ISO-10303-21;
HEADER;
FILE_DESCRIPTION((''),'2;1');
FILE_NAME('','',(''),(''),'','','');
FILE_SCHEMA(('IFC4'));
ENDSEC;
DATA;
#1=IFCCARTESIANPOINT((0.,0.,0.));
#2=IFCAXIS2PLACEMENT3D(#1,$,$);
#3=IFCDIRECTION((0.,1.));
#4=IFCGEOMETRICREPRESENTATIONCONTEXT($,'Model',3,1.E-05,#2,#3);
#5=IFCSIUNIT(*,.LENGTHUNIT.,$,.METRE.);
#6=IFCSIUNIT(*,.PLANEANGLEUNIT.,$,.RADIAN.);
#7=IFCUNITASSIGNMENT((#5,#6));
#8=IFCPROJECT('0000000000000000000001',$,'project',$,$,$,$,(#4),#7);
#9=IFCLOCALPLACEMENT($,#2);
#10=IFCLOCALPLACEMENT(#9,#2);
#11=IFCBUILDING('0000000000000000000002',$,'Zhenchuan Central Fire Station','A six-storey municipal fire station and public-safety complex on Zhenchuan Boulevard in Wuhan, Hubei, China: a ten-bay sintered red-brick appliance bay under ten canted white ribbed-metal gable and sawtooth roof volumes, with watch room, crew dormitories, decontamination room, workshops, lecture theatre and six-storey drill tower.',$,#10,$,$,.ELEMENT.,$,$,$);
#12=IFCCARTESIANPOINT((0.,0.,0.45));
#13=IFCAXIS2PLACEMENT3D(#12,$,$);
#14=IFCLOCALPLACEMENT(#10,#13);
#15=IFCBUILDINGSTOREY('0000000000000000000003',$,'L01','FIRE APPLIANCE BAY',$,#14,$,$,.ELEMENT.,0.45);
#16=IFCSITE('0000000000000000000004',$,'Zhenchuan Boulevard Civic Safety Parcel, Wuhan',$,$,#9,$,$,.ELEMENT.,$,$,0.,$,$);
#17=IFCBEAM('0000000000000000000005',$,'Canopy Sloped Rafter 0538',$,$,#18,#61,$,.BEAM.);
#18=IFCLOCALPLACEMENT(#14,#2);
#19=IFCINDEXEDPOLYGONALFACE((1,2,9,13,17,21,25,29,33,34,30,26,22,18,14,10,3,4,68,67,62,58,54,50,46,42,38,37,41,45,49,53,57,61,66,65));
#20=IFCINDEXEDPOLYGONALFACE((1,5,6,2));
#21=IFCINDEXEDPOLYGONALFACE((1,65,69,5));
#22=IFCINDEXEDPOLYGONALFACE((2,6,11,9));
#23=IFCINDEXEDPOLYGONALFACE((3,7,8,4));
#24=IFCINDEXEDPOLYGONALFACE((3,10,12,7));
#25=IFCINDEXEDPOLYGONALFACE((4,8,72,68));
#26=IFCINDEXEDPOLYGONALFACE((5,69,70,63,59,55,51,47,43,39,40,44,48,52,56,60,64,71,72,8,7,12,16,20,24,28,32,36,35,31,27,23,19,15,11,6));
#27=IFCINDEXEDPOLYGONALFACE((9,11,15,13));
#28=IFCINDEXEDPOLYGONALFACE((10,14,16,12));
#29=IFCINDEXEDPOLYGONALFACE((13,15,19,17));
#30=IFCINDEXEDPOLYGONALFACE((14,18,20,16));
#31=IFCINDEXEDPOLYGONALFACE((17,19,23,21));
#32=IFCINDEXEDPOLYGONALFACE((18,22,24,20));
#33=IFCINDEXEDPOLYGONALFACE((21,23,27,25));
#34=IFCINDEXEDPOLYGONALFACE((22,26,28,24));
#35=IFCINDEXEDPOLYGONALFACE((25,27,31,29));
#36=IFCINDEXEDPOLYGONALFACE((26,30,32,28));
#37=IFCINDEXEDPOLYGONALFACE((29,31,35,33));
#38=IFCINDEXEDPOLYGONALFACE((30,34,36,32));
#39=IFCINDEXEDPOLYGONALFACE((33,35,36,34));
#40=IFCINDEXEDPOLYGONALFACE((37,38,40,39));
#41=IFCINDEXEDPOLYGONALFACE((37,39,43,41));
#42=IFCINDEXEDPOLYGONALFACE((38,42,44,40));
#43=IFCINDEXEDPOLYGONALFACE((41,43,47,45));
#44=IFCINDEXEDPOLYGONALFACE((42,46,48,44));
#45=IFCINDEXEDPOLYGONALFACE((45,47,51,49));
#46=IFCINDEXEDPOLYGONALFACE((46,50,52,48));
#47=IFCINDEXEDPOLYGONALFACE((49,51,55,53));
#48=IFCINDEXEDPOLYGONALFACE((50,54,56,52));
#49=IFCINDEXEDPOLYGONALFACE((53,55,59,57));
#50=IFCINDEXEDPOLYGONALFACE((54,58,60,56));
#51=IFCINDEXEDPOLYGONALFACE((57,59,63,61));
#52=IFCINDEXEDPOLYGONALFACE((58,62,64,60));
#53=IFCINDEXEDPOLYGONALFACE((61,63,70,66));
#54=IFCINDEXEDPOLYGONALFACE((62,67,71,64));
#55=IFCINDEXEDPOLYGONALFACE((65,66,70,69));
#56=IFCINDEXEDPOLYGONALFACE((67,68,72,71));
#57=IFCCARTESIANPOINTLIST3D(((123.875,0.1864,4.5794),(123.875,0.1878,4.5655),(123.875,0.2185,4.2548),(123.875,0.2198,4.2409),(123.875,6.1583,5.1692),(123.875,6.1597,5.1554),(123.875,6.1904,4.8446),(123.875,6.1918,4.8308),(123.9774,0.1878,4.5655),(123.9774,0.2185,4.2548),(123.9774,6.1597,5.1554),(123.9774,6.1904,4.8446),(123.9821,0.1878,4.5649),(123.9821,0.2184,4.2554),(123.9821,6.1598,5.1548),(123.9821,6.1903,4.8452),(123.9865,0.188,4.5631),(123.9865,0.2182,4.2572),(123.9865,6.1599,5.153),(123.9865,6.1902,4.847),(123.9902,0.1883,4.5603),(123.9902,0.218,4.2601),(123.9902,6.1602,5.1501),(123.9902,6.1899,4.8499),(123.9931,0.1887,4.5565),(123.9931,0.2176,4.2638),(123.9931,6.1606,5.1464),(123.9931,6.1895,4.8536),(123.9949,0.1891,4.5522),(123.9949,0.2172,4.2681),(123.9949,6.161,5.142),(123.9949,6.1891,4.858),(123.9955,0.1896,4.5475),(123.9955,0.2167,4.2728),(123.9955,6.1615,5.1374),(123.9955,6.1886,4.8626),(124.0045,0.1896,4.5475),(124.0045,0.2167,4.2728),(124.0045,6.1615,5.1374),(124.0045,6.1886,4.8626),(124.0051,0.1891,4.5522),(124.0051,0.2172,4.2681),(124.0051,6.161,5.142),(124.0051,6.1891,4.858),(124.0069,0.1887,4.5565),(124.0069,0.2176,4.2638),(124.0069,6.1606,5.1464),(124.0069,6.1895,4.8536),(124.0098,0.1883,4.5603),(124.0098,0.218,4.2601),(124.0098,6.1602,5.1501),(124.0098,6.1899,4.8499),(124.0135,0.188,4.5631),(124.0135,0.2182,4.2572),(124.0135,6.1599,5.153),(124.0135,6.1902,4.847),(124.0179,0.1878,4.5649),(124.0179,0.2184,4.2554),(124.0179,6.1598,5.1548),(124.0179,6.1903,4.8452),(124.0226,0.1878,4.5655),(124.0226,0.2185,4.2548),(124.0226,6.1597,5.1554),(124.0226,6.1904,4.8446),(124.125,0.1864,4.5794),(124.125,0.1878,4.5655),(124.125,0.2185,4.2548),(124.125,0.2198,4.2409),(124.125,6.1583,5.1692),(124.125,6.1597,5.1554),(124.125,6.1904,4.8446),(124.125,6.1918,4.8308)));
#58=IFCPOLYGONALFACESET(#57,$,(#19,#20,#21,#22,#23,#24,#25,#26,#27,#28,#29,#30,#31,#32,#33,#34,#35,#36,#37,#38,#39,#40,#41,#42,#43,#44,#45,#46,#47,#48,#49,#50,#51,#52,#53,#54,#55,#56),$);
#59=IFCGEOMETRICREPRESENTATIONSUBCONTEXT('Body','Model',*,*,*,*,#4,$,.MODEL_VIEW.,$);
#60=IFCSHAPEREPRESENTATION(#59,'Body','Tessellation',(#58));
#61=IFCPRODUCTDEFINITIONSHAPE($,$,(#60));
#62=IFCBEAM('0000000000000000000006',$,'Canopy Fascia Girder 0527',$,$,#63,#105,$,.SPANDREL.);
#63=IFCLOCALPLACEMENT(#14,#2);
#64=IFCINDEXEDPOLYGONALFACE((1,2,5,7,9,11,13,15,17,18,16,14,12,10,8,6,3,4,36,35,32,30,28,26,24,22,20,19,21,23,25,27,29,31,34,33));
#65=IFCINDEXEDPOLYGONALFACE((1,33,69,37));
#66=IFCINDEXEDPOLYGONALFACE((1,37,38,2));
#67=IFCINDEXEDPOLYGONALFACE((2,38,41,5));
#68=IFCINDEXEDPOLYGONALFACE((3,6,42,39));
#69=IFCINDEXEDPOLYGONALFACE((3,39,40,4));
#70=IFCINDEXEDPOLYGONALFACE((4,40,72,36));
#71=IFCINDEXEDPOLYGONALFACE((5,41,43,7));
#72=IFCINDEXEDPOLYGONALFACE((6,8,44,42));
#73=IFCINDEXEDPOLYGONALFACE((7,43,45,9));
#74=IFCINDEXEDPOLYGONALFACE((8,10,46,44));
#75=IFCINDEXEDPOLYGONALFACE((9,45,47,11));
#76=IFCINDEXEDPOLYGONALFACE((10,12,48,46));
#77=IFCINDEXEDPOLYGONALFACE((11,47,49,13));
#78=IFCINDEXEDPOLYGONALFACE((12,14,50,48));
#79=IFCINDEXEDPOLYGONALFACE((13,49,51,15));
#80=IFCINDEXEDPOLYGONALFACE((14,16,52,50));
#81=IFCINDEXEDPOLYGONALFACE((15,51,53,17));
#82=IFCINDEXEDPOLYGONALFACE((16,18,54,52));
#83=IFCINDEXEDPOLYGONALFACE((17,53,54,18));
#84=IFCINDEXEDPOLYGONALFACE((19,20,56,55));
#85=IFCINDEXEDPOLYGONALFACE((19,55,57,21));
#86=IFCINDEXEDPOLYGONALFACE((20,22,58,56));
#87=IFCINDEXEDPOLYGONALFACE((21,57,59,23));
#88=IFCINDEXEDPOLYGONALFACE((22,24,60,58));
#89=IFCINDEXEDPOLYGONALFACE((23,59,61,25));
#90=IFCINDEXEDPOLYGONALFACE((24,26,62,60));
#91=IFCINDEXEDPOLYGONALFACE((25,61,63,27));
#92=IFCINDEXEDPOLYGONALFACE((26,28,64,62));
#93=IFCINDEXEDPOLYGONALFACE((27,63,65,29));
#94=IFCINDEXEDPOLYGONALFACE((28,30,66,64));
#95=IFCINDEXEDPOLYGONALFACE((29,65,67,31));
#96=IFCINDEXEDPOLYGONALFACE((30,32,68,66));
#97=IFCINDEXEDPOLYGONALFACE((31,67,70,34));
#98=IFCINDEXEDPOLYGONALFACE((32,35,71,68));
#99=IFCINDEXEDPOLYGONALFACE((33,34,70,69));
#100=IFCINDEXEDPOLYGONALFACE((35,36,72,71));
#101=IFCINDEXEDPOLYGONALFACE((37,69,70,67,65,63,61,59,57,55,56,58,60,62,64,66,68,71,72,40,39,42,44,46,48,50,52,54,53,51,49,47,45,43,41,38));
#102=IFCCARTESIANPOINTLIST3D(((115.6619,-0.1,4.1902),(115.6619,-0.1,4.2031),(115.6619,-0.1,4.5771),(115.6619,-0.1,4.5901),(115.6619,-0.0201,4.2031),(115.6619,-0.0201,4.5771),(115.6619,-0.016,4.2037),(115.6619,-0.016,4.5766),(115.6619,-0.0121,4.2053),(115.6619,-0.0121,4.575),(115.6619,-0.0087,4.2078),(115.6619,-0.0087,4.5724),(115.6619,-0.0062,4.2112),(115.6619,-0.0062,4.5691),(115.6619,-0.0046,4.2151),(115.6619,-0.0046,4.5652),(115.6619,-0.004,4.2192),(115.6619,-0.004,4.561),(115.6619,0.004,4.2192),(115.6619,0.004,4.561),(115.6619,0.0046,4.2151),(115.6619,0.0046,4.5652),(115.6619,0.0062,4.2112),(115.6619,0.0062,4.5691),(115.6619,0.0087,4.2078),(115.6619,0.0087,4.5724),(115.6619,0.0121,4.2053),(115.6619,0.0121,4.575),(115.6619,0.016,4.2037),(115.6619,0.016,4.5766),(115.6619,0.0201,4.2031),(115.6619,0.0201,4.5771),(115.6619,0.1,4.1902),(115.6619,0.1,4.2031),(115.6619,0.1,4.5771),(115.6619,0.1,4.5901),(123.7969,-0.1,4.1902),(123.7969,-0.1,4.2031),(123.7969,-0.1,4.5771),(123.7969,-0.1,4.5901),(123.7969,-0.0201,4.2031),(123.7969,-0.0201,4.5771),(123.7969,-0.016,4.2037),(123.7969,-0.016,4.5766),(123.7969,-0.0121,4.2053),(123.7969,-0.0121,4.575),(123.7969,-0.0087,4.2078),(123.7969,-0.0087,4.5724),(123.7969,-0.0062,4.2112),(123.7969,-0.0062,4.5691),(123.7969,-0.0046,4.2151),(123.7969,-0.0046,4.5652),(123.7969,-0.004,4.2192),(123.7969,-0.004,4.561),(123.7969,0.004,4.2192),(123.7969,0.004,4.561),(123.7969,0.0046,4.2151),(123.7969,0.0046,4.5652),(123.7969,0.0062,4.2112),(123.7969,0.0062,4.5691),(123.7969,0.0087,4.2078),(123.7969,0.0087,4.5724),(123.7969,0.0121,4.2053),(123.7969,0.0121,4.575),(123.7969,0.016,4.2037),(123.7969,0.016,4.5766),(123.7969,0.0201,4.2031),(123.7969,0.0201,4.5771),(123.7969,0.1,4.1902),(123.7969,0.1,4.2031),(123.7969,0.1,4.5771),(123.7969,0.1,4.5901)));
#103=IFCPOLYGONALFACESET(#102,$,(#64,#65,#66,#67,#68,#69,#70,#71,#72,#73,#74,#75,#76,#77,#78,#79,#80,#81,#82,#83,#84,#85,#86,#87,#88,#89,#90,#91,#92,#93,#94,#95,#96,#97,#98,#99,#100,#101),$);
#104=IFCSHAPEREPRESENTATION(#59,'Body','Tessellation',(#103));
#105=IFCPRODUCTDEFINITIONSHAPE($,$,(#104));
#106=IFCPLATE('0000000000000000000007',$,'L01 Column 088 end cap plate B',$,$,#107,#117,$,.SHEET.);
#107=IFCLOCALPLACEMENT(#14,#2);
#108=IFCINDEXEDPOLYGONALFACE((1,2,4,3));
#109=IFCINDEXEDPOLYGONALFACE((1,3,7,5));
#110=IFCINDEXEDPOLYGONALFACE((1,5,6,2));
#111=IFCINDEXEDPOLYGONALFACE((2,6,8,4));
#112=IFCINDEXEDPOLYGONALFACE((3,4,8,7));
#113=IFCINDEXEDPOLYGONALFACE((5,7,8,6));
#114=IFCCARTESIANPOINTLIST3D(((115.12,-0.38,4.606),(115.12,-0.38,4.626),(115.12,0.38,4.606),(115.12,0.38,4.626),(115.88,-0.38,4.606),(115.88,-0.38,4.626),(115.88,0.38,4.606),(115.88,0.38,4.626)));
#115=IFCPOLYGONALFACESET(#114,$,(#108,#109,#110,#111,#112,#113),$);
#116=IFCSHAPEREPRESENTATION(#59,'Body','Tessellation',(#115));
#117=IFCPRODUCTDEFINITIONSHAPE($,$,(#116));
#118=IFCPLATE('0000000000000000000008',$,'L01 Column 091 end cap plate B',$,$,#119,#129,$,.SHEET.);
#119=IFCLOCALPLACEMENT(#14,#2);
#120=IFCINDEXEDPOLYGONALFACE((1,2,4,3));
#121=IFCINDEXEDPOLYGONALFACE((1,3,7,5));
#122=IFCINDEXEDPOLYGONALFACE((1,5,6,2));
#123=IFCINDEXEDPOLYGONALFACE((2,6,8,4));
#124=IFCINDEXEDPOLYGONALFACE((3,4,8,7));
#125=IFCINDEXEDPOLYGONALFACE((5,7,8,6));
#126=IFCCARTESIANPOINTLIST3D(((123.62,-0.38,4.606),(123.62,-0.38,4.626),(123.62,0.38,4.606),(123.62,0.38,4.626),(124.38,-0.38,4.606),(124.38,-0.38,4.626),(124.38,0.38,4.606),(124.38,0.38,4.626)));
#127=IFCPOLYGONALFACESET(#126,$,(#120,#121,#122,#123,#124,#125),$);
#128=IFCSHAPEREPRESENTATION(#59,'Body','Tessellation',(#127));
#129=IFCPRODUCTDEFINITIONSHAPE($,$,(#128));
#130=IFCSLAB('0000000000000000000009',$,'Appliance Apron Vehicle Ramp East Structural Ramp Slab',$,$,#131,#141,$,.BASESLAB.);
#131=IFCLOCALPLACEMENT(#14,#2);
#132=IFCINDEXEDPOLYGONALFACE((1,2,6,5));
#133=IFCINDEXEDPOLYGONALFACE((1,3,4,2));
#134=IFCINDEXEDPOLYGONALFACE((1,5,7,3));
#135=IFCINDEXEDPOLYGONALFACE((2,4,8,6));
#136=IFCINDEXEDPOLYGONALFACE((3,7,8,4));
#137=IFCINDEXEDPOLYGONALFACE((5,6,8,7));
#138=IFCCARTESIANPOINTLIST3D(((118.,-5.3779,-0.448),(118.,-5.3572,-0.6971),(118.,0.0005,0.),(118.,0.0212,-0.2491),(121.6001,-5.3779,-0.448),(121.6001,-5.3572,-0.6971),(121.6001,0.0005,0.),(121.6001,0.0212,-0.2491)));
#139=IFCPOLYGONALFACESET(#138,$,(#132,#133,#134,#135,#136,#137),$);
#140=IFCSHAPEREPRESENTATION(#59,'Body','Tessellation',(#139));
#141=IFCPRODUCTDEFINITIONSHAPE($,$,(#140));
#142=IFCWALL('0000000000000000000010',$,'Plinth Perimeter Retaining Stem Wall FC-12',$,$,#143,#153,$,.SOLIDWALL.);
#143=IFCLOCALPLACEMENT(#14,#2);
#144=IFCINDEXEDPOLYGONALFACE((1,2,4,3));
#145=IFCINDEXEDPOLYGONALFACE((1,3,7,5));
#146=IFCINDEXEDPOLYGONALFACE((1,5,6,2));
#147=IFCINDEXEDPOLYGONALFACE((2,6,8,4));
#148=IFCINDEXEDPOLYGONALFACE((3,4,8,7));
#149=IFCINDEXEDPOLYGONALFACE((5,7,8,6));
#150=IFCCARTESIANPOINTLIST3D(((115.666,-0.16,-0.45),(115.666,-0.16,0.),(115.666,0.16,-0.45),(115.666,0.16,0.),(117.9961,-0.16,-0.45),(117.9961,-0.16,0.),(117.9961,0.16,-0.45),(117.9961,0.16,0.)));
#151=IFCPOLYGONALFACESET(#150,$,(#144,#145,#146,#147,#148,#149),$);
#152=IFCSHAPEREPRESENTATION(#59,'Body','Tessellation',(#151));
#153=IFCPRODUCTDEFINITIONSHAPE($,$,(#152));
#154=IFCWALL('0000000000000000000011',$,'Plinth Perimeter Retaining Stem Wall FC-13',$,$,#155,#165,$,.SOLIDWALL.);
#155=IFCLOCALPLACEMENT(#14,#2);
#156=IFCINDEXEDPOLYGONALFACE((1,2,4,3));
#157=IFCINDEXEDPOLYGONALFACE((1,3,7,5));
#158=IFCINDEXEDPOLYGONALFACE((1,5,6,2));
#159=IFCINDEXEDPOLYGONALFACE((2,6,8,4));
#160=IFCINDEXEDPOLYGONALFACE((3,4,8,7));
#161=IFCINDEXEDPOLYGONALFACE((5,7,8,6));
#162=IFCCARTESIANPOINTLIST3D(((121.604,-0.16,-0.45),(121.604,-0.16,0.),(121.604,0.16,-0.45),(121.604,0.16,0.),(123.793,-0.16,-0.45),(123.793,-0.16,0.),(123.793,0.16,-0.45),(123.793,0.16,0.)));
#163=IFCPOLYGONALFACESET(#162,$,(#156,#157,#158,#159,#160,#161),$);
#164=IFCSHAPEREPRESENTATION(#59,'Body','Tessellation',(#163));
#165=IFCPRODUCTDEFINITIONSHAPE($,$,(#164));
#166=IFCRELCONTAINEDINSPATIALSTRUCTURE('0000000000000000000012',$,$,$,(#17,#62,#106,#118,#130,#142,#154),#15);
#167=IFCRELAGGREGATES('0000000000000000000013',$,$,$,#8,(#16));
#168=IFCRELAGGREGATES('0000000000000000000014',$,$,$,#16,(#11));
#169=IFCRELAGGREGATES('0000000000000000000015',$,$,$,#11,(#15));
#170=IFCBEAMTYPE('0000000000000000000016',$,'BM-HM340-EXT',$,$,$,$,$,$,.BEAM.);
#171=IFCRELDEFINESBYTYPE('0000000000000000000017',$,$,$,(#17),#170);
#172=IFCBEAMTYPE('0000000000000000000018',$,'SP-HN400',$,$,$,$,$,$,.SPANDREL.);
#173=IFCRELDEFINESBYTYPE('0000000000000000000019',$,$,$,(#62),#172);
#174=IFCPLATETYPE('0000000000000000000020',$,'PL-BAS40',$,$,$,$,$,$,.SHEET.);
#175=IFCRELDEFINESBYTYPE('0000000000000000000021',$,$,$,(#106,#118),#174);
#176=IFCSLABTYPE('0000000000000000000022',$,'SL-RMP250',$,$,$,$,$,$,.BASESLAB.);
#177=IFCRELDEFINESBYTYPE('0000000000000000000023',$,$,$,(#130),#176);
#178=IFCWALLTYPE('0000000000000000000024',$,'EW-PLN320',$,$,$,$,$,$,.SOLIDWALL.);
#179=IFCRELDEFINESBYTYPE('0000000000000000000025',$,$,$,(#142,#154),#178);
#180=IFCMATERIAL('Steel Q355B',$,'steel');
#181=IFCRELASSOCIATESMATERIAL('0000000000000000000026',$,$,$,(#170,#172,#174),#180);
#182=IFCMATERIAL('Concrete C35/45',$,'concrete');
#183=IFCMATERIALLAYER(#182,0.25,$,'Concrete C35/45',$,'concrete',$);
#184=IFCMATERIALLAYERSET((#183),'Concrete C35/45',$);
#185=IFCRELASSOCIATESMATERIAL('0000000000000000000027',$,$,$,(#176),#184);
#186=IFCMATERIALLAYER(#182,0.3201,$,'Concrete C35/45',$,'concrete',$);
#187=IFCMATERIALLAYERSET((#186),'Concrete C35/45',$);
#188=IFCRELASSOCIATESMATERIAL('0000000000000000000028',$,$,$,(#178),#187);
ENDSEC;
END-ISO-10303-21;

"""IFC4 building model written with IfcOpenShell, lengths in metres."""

from ifc_helpers import new_model, si_unit, direction, frame, frame_2d, origin, origin_2d, place, context, subcontext, project, spatial, polyline, rectangle, i_section, outline, extrude, material, layer, layer_set, material_profile, profile_set, type_object, element, save


model = new_model("IFC4")

# Units and contexts
model_context = context("Model", 3, precision=1e-05, world=origin(), true_north=direction((0.0, 1.0)))
body_context = subcontext(model_context, "Body", "Model", "MODEL_VIEW")
ifc_project = project(units=[si_unit("LENGTHUNIT", "METRE"), si_unit("PLANEANGLEUNIT", "RADIAN")], contexts=[model_context])

# Site, building, storey
site_placement = place(None, origin())
site = spatial("IfcSite", under=ifc_project, at=site_placement, Name="Zhenchuan Boulevard Civic Safety Parcel, Wuhan", CompositionType="ELEMENT", RefElevation=0.0)
building_placement = place(site_placement, origin())
building = spatial("IfcBuilding", under=site, at=building_placement, Name="Zhenchuan Central Fire Station", Description="A six-storey municipal fire station and public-safety complex on Zhenchuan Boulevard in Wuhan, Hubei, China: a ten-bay sintered red-brick appliance bay under ten canted white ribbed-metal gable and sawtooth roof volumes, with watch room, crew dormitories, decontamination room, workshops, lecture theatre and six-storey drill tower.", CompositionType="ELEMENT")
storey_placement = place(building_placement, frame((0.0, 0.0, 0.45)))
storey = spatial("IfcBuildingStorey", under=building, at=storey_placement, Name="L01", Description="FIRE APPLIANCE BAY", CompositionType="ELEMENT", Elevation=0.45)

# Shared definitions
ifc_material_1 = material(Name="Concrete C35/45", Category="concrete")

# Shared definitions
ifc_material_2 = material(Name="Steel Q355B", Category="steel")

# Beams
ifc_material_profile_1 = material_profile(ifc_material_2, i_section(OverallWidth=0.25, OverallDepth=0.3401, WebThickness=0.009, FlangeThickness=0.0139, FilletRadius=0.0181, at=origin_2d()), Name="HM 340x250")
ifc_profile_set_1 = profile_set([ifc_material_profile_1], Name="Steel Q355B")
beam_type_1 = type_object("IfcBeamType", Name="BM-HM340-EXT", PredefinedType="BEAM", material=ifc_profile_set_1)
beam_1_placement = place(storey_placement, frame((124.0, 0.2031, 4.4102), z_axis=(0.0, 0.995158, 0.098291), x_axis=(-1.0, 0.0, 0.0)))
element("IfcBeam", 1, at=beam_1_placement, inside=storey, type_object=beam_type_1, Name="Canopy Sloped Rafter 0538", PredefinedType="BEAM", context=body_context, shape_type="SweptSolid", body=[
    extrude(i_section(OverallWidth=0.25, OverallDepth=0.3401, WebThickness=0.009, FlangeThickness=0.0139, FilletRadius=0.0181, at=origin_2d()), origin(), (0.0, 0.0, 1.0), 6.001),
])
ifc_material_profile_2 = material_profile(ifc_material_2, i_section(OverallWidth=0.2, OverallDepth=0.3999, WebThickness=0.0081, FlangeThickness=0.0129, FilletRadius=0.0161, at=origin_2d()), Name="HN 400x200")
ifc_profile_set_2 = profile_set([ifc_material_profile_2], Name="Steel Q355B")
beam_type_2 = type_object("IfcBeamType", Name="SP-HN400", PredefinedType="SPANDREL", material=ifc_profile_set_2)
beam_2_placement = place(storey_placement, frame((115.6619, 0.0, 4.3901), z_axis=(1.0, 0.0, 0.0), x_axis=(0.0, 1.0, 0.0)))
element("IfcBeam", 2, at=beam_2_placement, inside=storey, type_object=beam_type_2, Name="Canopy Fascia Girder 0527", PredefinedType="SPANDREL", context=body_context, shape_type="SweptSolid", body=[
    extrude(i_section(OverallWidth=0.2, OverallDepth=0.3999, WebThickness=0.0081, FlangeThickness=0.0129, FilletRadius=0.0161, at=origin_2d()), origin(), (0.0, 0.0, 1.0), 8.135),
])

# Plates
ifc_material_profile_3 = material_profile(ifc_material_2, rectangle(XDim=0.76, YDim=0.76, at=origin_2d()), Name="PL 760x760x40")
ifc_profile_set_3 = profile_set([ifc_material_profile_3], Name="Steel Q355B")
plate_type = type_object("IfcPlateType", Name="PL-BAS40", PredefinedType="SHEET", material=ifc_profile_set_3)
for number, where, z_axis, x_axis, name in (
    (3, (115.5, 0.0, 4.606), (0.0, 0.0, 1.0), (1.0, 0.0, 0.0), "L01 Column 088 end cap plate B"),
    (4, (124.0, 0.0, 4.606), (0.0, 0.0, 1.0), (1.0, 0.0, 0.0), "L01 Column 091 end cap plate B"),
):
    element("IfcPlate", number, at=place(storey_placement, frame(where, z_axis=z_axis, x_axis=x_axis)), inside=storey, type_object=plate_type, Name=name, PredefinedType="SHEET", context=body_context, shape_type="SweptSolid", body=[
        extrude(rectangle(XDim=0.76, YDim=0.76, at=origin_2d()), origin(), (0.0, 0.0, 1.0), 0.02),
    ])

# Slab
ifc_layer_1 = layer(ifc_material_1, 0.25, Name="Concrete C35/45", Category="concrete")
ifc_layer_set_1 = layer_set([ifc_layer_1], Name="Concrete C35/45")
slab_type = type_object("IfcSlabType", Name="SL-RMP250", PredefinedType="BASESLAB", material=ifc_layer_set_1)
slab_placement = place(storey_placement, frame((118.0, -5.3779, -0.448), z_axis=(0.0, -0.083008, 0.996549), x_axis=(1.0, 0.0, 0.0)))
element("IfcSlab", 5, at=slab_placement, inside=storey, type_object=slab_type, Name="Appliance Apron Vehicle Ramp East Structural Ramp Slab", PredefinedType="BASESLAB", context=body_context, shape_type="SweptSolid", body=[
    extrude(outline(polyline([(0.0, 0.0), (3.6001, 0.0), (3.6001, 5.397), (0.0, 5.397), (0.0, 0.0)])), origin(), (0.0, 0.0, -1.0), 0.25),
])

# Walls
ifc_layer_2 = layer(ifc_material_1, 0.3201, Name="Concrete C35/45", Category="concrete")
ifc_layer_set_2 = layer_set([ifc_layer_2], Name="Concrete C35/45")
wall_type = type_object("IfcWallType", Name="EW-PLN320", PredefinedType="SOLIDWALL", material=ifc_layer_set_2)
wall_1_placement = place(storey_placement, frame((115.666, 0.0, -0.45), z_axis=(0.0, 0.0, 1.0), x_axis=(1.0, 0.0, 0.0)))
element("IfcWall", 6, at=wall_1_placement, inside=storey, type_object=wall_type, Name="Plinth Perimeter Retaining Stem Wall FC-12", PredefinedType="SOLIDWALL", context=body_context, shape_type="SweptSolid", body=[
    extrude(rectangle(XDim=2.3301, YDim=0.3201, at=frame_2d((1.165, 0.0))), origin(), (0.0, 0.0, 1.0), 0.45),
])
wall_2_placement = place(storey_placement, frame((121.604, 0.0, -0.45), z_axis=(0.0, 0.0, 1.0), x_axis=(1.0, 0.0, 0.0)))
element("IfcWall", 7, at=wall_2_placement, inside=storey, type_object=wall_type, Name="Plinth Perimeter Retaining Stem Wall FC-13", PredefinedType="SOLIDWALL", context=body_context, shape_type="SweptSolid", body=[
    extrude(rectangle(XDim=2.189, YDim=0.3201, at=frame_2d((1.0945, 0.0))), origin(), (0.0, 0.0, 1.0), 0.45),
])

save(model, "model.ifc")
